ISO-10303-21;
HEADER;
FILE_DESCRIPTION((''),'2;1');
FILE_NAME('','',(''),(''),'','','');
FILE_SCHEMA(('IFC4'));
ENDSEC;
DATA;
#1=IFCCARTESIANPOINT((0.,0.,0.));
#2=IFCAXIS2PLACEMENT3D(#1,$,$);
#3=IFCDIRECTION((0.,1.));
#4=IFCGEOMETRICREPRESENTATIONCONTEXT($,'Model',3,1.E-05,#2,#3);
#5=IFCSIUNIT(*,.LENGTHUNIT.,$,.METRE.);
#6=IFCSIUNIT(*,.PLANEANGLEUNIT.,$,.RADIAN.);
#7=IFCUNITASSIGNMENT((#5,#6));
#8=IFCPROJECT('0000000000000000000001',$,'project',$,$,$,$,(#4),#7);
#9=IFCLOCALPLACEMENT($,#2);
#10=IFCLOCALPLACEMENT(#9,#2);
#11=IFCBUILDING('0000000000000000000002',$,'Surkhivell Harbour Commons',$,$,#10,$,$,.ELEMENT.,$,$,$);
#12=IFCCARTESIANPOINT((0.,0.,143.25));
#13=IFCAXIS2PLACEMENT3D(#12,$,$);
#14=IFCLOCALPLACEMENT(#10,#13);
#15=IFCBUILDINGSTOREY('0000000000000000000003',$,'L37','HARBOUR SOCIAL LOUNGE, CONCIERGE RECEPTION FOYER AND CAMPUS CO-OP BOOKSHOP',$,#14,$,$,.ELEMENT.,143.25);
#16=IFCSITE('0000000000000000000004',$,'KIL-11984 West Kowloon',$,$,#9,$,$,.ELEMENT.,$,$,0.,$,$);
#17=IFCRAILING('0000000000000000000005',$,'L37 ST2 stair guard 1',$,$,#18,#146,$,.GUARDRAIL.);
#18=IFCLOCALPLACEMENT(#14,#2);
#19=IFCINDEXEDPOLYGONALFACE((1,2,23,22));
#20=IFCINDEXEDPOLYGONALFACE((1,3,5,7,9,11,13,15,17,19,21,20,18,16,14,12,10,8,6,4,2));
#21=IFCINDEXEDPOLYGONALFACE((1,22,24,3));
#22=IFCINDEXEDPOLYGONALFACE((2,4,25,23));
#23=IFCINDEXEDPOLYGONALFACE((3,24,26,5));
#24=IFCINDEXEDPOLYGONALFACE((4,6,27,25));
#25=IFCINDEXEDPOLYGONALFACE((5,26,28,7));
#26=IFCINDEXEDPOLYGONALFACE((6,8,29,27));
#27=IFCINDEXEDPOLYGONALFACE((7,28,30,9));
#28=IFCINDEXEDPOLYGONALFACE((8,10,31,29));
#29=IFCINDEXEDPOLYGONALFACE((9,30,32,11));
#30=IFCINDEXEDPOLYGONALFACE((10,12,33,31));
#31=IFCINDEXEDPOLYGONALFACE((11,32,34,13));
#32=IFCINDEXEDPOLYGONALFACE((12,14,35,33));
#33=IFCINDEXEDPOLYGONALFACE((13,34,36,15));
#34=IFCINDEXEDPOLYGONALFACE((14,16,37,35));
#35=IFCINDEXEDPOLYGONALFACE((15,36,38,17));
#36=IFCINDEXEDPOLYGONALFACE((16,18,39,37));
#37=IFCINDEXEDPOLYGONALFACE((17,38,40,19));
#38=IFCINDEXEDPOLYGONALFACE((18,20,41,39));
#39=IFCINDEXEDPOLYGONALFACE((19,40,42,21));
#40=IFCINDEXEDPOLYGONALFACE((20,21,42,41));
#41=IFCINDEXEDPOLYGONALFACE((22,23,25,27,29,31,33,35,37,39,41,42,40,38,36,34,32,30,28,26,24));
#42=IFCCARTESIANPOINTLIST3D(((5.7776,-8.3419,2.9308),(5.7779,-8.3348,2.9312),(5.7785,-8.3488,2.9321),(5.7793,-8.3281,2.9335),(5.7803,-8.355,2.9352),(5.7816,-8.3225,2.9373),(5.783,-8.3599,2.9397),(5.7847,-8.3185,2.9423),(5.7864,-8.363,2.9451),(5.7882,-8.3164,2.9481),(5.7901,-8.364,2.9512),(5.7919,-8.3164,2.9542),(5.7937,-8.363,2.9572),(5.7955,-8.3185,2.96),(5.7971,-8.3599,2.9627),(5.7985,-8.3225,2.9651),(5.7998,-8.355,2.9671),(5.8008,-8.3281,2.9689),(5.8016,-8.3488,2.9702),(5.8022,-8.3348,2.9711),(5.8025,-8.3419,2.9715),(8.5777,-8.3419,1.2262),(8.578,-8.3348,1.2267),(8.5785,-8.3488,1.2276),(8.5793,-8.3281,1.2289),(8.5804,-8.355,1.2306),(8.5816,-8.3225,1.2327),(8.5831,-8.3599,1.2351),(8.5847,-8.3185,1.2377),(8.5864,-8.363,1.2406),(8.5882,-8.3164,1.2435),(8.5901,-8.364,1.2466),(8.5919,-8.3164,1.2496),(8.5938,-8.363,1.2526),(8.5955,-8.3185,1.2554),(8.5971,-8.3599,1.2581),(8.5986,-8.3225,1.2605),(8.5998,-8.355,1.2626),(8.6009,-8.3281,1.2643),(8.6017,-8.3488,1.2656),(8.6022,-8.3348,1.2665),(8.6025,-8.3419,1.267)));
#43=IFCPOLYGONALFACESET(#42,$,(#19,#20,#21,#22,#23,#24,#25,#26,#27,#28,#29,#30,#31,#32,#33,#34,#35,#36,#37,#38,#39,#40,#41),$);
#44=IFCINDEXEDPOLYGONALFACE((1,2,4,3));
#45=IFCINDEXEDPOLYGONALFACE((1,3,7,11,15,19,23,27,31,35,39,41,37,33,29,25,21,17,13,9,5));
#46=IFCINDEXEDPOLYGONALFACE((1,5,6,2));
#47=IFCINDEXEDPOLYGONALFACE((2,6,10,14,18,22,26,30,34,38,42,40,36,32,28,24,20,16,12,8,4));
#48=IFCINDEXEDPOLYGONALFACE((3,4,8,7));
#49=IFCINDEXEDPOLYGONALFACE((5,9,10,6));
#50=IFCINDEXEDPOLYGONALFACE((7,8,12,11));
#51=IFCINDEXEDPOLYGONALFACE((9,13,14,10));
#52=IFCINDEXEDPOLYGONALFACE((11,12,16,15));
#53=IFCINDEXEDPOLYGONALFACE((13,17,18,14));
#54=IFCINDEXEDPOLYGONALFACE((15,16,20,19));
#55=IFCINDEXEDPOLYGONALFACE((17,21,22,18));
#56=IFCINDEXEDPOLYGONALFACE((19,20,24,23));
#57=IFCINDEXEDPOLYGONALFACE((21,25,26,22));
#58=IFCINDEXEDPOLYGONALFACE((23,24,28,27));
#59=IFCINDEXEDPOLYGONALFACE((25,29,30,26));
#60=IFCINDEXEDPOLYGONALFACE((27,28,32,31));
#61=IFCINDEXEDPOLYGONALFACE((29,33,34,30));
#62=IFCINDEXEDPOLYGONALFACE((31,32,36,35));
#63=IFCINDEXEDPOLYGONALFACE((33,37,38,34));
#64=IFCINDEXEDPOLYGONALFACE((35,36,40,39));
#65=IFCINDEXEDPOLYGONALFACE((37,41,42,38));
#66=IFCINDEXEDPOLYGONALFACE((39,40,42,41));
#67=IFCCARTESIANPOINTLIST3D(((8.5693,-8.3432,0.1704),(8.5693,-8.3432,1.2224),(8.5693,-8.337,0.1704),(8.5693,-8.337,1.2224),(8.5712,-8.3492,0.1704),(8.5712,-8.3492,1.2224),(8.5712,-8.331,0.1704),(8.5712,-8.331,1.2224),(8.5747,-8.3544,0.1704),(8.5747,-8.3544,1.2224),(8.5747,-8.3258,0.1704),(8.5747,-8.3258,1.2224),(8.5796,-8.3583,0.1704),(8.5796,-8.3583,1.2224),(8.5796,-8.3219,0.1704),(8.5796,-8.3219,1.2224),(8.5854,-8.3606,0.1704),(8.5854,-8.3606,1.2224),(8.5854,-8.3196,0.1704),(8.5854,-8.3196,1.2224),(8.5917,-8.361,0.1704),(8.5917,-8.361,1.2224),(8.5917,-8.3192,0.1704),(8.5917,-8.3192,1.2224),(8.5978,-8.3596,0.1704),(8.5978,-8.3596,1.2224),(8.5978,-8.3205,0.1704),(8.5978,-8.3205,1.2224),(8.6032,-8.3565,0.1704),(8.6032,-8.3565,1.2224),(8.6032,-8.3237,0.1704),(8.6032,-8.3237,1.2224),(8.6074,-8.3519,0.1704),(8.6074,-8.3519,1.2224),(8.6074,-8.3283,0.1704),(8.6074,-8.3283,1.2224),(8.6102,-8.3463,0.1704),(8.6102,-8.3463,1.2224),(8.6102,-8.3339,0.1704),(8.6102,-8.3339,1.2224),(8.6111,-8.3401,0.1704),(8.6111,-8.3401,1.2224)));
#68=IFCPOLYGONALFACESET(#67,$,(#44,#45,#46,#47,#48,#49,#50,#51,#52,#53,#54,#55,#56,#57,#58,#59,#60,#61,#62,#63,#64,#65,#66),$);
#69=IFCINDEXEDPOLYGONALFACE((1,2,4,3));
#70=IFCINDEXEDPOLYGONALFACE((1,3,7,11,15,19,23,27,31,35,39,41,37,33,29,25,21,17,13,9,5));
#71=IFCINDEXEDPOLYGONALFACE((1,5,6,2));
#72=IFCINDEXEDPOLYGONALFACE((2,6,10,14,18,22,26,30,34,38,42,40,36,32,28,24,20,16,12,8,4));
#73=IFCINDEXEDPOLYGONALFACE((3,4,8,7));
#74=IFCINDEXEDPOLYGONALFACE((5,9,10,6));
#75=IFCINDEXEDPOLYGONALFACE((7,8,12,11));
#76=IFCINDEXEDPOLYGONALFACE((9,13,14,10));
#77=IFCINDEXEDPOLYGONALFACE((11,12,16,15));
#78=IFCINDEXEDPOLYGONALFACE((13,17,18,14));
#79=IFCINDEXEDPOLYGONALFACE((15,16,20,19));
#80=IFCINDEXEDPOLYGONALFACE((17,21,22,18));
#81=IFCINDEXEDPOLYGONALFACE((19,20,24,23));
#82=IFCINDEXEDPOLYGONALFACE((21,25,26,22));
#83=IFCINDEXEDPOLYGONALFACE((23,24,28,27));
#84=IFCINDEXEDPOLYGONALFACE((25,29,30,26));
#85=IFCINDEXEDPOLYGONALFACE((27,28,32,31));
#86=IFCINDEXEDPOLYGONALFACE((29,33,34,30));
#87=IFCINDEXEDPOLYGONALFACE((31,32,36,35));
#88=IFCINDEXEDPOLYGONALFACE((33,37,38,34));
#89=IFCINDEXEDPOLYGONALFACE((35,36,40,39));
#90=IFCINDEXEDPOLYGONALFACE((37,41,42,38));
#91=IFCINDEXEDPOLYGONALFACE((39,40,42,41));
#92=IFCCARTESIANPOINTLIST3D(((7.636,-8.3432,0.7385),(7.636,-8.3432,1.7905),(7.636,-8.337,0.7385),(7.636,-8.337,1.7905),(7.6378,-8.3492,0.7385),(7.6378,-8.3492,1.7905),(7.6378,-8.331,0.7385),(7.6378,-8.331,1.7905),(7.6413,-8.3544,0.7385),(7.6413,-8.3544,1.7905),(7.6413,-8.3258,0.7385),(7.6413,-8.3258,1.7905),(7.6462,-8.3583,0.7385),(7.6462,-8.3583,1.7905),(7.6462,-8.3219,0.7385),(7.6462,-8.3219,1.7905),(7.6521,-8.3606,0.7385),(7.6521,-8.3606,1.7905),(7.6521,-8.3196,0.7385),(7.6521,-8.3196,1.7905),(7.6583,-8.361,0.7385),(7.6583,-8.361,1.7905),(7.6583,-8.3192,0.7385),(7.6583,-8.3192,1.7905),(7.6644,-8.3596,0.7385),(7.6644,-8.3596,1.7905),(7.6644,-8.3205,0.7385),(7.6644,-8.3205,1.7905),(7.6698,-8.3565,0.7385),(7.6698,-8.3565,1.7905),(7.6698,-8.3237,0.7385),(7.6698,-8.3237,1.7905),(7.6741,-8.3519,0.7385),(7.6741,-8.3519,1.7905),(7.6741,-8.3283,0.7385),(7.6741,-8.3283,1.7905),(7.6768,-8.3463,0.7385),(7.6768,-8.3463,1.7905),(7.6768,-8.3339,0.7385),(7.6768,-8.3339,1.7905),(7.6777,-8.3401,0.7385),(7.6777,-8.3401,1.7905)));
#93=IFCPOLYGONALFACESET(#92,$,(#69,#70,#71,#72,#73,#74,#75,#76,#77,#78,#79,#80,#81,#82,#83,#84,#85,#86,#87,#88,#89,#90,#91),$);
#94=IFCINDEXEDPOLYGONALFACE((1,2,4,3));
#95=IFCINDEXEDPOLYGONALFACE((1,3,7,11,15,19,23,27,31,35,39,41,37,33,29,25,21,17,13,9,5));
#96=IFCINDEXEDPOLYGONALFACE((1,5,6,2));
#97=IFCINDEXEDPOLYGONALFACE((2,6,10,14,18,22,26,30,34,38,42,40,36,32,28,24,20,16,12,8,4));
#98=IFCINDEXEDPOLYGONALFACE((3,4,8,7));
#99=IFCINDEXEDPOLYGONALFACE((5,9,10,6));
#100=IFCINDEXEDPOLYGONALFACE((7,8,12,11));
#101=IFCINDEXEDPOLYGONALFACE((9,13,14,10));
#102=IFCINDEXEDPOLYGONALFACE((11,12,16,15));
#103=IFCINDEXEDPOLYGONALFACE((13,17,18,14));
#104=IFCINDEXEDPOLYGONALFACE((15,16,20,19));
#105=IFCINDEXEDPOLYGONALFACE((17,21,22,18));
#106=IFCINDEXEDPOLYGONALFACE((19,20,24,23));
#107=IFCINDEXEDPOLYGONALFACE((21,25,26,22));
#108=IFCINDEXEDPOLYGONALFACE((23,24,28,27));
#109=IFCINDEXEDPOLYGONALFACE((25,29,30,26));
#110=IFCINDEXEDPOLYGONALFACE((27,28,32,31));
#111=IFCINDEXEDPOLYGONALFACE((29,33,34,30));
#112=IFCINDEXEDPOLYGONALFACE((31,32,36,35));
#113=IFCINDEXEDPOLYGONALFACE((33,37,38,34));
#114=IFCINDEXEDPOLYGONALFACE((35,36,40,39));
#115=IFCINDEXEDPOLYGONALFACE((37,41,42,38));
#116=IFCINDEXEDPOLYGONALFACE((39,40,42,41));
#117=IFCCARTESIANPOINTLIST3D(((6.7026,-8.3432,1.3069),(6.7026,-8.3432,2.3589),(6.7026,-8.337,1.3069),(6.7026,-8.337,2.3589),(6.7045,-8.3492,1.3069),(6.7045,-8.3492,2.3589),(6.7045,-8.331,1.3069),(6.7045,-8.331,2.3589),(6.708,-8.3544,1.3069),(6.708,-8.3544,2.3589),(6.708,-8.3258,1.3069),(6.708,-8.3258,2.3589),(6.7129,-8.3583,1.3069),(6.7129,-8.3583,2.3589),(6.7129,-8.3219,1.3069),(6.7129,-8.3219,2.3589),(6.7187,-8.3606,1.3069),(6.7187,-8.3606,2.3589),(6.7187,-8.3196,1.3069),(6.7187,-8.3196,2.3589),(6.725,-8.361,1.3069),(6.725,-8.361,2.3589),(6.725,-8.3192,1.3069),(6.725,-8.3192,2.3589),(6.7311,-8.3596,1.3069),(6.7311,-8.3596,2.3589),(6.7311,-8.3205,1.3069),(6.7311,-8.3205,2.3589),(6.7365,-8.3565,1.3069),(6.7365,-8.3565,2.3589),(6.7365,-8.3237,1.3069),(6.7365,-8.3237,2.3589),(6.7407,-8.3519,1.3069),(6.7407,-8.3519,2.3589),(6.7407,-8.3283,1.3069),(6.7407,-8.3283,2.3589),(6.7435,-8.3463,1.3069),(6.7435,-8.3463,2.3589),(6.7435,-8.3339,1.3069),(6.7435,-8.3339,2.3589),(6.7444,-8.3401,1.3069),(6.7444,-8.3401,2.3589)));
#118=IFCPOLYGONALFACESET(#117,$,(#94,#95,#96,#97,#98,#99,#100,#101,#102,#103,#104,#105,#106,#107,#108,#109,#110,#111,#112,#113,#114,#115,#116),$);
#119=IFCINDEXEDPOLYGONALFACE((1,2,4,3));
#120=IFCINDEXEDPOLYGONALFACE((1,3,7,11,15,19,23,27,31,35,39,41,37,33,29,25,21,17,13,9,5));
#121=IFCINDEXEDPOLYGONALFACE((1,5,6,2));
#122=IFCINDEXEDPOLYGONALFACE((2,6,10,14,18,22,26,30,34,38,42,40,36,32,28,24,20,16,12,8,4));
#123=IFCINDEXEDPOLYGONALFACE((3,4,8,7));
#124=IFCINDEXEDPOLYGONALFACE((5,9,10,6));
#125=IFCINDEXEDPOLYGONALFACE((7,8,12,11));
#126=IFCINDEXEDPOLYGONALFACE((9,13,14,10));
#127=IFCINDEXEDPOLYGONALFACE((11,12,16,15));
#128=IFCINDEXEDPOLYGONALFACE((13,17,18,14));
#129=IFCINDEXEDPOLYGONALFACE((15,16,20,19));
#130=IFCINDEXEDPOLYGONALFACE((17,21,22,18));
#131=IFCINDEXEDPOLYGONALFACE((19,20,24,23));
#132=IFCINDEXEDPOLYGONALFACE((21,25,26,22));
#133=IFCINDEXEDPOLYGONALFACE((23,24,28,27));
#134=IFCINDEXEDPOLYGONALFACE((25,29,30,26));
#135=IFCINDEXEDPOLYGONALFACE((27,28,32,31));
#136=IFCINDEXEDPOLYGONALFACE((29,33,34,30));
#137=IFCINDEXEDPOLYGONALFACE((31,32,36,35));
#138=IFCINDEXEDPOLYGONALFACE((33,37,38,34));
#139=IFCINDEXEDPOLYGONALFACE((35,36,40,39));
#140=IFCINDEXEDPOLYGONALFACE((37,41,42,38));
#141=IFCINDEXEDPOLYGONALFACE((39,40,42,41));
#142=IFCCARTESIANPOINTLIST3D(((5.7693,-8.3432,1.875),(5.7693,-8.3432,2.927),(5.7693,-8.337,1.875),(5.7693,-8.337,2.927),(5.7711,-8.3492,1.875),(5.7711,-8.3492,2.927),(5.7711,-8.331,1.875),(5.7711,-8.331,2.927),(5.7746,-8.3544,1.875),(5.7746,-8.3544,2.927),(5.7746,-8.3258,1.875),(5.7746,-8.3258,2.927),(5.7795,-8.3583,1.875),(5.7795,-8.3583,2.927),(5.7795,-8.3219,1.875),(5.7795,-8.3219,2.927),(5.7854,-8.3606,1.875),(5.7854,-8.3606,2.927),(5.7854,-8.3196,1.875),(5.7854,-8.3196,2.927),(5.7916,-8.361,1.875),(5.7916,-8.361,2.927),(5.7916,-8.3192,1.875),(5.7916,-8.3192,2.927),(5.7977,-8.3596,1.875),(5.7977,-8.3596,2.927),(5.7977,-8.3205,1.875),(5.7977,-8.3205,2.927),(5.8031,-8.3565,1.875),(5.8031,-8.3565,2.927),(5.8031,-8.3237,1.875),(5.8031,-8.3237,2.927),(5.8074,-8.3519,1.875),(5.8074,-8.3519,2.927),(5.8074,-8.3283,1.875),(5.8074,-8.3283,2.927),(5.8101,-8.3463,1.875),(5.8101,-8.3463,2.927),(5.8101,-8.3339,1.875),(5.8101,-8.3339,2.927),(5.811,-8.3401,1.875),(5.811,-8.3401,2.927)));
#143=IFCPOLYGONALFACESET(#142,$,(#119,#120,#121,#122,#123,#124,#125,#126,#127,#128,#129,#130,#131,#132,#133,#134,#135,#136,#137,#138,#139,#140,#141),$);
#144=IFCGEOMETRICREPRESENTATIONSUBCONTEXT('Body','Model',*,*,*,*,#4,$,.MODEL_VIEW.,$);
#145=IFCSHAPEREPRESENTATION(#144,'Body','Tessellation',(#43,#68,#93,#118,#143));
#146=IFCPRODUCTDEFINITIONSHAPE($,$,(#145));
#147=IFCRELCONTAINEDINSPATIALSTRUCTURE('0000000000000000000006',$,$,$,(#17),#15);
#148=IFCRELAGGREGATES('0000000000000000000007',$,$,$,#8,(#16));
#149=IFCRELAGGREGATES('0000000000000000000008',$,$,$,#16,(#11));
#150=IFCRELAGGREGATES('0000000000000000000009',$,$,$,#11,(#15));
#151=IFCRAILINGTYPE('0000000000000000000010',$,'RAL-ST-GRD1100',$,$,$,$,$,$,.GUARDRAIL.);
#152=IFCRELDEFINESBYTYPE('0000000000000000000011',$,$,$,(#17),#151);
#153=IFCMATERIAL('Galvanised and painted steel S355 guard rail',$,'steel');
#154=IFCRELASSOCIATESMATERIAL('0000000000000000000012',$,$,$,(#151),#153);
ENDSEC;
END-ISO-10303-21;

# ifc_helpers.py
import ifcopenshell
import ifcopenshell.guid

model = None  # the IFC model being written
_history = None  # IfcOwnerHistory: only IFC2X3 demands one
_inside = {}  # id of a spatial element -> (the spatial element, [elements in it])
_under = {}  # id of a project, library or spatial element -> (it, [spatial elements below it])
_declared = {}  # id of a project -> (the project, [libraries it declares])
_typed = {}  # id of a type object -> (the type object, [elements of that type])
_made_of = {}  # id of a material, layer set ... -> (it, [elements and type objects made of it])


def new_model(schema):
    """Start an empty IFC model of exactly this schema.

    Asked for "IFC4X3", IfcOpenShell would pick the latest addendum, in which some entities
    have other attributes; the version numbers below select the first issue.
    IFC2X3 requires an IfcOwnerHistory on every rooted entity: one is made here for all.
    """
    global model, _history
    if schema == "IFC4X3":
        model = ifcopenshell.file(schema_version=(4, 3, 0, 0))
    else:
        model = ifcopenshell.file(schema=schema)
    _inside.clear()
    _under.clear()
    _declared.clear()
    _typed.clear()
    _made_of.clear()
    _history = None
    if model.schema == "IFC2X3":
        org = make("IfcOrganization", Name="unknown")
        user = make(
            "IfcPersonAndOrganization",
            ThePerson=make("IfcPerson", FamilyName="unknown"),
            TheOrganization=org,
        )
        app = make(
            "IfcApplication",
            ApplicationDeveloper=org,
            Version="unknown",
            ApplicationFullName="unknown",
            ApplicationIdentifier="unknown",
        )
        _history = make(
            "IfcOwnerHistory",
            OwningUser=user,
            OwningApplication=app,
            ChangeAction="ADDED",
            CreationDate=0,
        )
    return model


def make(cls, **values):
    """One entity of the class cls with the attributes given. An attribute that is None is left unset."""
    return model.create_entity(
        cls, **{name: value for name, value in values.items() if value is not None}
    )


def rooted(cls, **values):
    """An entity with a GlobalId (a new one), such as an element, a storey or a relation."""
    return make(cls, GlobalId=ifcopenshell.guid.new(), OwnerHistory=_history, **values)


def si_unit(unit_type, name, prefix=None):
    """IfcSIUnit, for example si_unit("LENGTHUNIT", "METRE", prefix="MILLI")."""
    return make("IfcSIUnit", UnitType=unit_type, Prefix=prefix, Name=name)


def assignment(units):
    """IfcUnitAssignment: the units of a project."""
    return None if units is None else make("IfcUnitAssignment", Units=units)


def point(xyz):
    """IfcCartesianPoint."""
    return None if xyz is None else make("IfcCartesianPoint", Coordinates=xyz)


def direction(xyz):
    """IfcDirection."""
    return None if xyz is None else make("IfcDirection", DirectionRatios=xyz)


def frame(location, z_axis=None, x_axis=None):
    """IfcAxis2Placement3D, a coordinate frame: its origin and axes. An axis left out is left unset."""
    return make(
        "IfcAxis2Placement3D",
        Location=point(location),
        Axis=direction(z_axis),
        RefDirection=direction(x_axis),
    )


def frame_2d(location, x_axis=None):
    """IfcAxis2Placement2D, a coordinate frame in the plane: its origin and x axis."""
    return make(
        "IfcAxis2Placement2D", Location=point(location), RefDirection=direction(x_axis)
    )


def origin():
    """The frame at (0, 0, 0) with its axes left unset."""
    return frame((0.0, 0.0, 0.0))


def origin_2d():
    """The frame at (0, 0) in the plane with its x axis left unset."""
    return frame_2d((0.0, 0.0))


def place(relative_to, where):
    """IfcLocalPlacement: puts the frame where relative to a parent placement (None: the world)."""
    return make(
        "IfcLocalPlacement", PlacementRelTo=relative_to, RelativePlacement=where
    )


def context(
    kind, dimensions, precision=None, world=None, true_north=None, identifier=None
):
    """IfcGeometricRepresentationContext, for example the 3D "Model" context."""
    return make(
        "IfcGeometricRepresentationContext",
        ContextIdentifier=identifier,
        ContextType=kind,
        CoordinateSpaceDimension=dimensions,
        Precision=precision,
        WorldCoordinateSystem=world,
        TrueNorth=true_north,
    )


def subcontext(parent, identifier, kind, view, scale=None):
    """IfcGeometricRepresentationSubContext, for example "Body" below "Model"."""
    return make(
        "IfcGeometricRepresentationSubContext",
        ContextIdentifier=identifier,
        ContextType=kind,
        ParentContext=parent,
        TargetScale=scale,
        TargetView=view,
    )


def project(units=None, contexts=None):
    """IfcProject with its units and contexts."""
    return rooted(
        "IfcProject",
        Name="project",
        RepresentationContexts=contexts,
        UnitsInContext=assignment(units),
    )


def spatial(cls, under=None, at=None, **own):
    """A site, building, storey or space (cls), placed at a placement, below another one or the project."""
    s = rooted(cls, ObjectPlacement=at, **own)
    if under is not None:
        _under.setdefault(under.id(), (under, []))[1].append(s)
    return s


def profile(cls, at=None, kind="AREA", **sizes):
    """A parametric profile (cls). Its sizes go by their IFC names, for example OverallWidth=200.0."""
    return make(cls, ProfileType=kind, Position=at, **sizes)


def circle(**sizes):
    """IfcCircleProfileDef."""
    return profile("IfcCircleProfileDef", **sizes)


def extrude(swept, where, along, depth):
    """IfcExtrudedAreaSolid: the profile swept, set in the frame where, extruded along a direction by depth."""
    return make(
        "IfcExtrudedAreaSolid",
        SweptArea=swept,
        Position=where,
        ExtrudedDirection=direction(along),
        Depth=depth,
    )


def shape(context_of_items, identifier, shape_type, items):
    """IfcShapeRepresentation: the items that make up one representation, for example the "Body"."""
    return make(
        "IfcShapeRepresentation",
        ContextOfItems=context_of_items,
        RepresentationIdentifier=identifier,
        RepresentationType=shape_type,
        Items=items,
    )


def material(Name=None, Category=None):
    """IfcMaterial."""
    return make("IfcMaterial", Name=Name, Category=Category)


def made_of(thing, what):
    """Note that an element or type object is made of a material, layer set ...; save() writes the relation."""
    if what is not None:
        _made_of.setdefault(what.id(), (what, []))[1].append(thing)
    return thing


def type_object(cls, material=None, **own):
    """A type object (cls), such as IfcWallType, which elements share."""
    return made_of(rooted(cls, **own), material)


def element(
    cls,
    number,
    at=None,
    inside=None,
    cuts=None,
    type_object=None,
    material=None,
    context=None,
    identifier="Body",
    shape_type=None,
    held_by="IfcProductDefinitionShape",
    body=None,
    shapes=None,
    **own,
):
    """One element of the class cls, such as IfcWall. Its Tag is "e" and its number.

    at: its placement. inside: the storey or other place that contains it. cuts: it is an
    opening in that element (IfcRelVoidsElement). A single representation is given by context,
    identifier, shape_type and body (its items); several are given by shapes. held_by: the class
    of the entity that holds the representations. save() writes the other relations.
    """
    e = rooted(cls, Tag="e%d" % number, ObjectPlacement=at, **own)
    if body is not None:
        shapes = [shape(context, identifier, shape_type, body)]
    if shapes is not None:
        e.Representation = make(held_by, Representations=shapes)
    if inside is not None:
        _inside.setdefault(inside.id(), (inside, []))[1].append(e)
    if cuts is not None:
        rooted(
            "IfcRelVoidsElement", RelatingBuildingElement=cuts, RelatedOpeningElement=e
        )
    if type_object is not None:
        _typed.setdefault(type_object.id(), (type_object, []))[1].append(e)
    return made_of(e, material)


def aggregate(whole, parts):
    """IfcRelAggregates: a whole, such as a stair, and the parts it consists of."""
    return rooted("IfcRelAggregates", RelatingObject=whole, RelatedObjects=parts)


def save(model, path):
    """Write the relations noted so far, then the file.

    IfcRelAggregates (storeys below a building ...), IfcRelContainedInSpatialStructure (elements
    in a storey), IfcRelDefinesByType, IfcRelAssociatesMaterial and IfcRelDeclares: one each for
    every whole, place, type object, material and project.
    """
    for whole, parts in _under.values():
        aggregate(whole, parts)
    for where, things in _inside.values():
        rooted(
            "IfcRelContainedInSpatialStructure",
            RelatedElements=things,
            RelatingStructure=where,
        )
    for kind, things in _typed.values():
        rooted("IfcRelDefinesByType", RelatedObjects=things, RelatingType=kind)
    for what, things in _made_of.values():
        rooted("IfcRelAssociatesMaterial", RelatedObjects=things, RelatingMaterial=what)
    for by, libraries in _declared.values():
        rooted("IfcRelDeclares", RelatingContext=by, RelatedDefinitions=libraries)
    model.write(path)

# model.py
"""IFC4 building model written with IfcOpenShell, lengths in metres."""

from ifc_helpers import new_model, si_unit, direction, frame, origin, origin_2d, place, context, subcontext, project, spatial, circle, extrude, material, type_object, element, save


model = new_model("IFC4")

# Units and contexts
model_context = context("Model", 3, precision=1e-05, world=origin(), true_north=direction((0.0, 1.0)))
body_context = subcontext(model_context, "Body", "Model", "MODEL_VIEW")
ifc_project = project(units=[si_unit("LENGTHUNIT", "METRE"), si_unit("PLANEANGLEUNIT", "RADIAN")], contexts=[model_context])

# Site, building, storey
site_placement = place(None, origin())
site = spatial("IfcSite", under=ifc_project, at=site_placement, Name="KIL-11984 West Kowloon", CompositionType="ELEMENT", RefElevation=0.0)
building_placement = place(site_placement, origin())
building = spatial("IfcBuilding", under=site, at=building_placement, Name="Surkhivell Harbour Commons", CompositionType="ELEMENT")
storey_placement = place(building_placement, frame((0.0, 0.0, 143.25)))
storey = spatial("IfcBuildingStorey", under=building, at=storey_placement, Name="L37", Description="HARBOUR SOCIAL LOUNGE, CONCIERGE RECEPTION FOYER AND CAMPUS CO-OP BOOKSHOP", CompositionType="ELEMENT", Elevation=143.25)

# Railing
ifc_material_1 = material(Name="Galvanised and painted steel S355 guard rail", Category="steel")
railing_type_1 = type_object("IfcRailingType", Name="RAL-ST-GRD1100", PredefinedType="GUARDRAIL", material=ifc_material_1)
railing_1_placement = place(storey_placement, frame((8.5901, -8.3401, 0.1704)))
element("IfcRailing", 1, at=railing_1_placement, inside=storey, type_object=railing_type_1, Name="L37 ST2 stair guard 1", PredefinedType="GUARDRAIL", context=body_context, shape_type="SweptSolid", body=[
    extrude(circle(Radius=0.0239, at=origin_2d()), frame((0.0, 0.0, 1.0762), z_axis=(-0.85417, 0.0, 0.519994), x_axis=(0.0, -1.0, 0.0)), (0.0, 0.0, 1.0), 3.2781),
    extrude(circle(Radius=0.021, at=origin_2d()), origin(), (0.0, 0.0, 1.0), 1.052),
    extrude(circle(Radius=0.021, at=origin_2d()), frame((-0.9333, 0.0, 0.5681)), (0.0, 0.0, 1.0), 1.052),
    extrude(circle(Radius=0.021, at=origin_2d()), frame((-1.8667, 0.0, 1.1365)), (0.0, 0.0, 1.0), 1.052),
    extrude(circle(Radius=0.021, at=origin_2d()), frame((-2.8, 0.0, 1.7046)), (0.0, 0.0, 1.0), 1.052),
])

save(model, "model.ifc")
